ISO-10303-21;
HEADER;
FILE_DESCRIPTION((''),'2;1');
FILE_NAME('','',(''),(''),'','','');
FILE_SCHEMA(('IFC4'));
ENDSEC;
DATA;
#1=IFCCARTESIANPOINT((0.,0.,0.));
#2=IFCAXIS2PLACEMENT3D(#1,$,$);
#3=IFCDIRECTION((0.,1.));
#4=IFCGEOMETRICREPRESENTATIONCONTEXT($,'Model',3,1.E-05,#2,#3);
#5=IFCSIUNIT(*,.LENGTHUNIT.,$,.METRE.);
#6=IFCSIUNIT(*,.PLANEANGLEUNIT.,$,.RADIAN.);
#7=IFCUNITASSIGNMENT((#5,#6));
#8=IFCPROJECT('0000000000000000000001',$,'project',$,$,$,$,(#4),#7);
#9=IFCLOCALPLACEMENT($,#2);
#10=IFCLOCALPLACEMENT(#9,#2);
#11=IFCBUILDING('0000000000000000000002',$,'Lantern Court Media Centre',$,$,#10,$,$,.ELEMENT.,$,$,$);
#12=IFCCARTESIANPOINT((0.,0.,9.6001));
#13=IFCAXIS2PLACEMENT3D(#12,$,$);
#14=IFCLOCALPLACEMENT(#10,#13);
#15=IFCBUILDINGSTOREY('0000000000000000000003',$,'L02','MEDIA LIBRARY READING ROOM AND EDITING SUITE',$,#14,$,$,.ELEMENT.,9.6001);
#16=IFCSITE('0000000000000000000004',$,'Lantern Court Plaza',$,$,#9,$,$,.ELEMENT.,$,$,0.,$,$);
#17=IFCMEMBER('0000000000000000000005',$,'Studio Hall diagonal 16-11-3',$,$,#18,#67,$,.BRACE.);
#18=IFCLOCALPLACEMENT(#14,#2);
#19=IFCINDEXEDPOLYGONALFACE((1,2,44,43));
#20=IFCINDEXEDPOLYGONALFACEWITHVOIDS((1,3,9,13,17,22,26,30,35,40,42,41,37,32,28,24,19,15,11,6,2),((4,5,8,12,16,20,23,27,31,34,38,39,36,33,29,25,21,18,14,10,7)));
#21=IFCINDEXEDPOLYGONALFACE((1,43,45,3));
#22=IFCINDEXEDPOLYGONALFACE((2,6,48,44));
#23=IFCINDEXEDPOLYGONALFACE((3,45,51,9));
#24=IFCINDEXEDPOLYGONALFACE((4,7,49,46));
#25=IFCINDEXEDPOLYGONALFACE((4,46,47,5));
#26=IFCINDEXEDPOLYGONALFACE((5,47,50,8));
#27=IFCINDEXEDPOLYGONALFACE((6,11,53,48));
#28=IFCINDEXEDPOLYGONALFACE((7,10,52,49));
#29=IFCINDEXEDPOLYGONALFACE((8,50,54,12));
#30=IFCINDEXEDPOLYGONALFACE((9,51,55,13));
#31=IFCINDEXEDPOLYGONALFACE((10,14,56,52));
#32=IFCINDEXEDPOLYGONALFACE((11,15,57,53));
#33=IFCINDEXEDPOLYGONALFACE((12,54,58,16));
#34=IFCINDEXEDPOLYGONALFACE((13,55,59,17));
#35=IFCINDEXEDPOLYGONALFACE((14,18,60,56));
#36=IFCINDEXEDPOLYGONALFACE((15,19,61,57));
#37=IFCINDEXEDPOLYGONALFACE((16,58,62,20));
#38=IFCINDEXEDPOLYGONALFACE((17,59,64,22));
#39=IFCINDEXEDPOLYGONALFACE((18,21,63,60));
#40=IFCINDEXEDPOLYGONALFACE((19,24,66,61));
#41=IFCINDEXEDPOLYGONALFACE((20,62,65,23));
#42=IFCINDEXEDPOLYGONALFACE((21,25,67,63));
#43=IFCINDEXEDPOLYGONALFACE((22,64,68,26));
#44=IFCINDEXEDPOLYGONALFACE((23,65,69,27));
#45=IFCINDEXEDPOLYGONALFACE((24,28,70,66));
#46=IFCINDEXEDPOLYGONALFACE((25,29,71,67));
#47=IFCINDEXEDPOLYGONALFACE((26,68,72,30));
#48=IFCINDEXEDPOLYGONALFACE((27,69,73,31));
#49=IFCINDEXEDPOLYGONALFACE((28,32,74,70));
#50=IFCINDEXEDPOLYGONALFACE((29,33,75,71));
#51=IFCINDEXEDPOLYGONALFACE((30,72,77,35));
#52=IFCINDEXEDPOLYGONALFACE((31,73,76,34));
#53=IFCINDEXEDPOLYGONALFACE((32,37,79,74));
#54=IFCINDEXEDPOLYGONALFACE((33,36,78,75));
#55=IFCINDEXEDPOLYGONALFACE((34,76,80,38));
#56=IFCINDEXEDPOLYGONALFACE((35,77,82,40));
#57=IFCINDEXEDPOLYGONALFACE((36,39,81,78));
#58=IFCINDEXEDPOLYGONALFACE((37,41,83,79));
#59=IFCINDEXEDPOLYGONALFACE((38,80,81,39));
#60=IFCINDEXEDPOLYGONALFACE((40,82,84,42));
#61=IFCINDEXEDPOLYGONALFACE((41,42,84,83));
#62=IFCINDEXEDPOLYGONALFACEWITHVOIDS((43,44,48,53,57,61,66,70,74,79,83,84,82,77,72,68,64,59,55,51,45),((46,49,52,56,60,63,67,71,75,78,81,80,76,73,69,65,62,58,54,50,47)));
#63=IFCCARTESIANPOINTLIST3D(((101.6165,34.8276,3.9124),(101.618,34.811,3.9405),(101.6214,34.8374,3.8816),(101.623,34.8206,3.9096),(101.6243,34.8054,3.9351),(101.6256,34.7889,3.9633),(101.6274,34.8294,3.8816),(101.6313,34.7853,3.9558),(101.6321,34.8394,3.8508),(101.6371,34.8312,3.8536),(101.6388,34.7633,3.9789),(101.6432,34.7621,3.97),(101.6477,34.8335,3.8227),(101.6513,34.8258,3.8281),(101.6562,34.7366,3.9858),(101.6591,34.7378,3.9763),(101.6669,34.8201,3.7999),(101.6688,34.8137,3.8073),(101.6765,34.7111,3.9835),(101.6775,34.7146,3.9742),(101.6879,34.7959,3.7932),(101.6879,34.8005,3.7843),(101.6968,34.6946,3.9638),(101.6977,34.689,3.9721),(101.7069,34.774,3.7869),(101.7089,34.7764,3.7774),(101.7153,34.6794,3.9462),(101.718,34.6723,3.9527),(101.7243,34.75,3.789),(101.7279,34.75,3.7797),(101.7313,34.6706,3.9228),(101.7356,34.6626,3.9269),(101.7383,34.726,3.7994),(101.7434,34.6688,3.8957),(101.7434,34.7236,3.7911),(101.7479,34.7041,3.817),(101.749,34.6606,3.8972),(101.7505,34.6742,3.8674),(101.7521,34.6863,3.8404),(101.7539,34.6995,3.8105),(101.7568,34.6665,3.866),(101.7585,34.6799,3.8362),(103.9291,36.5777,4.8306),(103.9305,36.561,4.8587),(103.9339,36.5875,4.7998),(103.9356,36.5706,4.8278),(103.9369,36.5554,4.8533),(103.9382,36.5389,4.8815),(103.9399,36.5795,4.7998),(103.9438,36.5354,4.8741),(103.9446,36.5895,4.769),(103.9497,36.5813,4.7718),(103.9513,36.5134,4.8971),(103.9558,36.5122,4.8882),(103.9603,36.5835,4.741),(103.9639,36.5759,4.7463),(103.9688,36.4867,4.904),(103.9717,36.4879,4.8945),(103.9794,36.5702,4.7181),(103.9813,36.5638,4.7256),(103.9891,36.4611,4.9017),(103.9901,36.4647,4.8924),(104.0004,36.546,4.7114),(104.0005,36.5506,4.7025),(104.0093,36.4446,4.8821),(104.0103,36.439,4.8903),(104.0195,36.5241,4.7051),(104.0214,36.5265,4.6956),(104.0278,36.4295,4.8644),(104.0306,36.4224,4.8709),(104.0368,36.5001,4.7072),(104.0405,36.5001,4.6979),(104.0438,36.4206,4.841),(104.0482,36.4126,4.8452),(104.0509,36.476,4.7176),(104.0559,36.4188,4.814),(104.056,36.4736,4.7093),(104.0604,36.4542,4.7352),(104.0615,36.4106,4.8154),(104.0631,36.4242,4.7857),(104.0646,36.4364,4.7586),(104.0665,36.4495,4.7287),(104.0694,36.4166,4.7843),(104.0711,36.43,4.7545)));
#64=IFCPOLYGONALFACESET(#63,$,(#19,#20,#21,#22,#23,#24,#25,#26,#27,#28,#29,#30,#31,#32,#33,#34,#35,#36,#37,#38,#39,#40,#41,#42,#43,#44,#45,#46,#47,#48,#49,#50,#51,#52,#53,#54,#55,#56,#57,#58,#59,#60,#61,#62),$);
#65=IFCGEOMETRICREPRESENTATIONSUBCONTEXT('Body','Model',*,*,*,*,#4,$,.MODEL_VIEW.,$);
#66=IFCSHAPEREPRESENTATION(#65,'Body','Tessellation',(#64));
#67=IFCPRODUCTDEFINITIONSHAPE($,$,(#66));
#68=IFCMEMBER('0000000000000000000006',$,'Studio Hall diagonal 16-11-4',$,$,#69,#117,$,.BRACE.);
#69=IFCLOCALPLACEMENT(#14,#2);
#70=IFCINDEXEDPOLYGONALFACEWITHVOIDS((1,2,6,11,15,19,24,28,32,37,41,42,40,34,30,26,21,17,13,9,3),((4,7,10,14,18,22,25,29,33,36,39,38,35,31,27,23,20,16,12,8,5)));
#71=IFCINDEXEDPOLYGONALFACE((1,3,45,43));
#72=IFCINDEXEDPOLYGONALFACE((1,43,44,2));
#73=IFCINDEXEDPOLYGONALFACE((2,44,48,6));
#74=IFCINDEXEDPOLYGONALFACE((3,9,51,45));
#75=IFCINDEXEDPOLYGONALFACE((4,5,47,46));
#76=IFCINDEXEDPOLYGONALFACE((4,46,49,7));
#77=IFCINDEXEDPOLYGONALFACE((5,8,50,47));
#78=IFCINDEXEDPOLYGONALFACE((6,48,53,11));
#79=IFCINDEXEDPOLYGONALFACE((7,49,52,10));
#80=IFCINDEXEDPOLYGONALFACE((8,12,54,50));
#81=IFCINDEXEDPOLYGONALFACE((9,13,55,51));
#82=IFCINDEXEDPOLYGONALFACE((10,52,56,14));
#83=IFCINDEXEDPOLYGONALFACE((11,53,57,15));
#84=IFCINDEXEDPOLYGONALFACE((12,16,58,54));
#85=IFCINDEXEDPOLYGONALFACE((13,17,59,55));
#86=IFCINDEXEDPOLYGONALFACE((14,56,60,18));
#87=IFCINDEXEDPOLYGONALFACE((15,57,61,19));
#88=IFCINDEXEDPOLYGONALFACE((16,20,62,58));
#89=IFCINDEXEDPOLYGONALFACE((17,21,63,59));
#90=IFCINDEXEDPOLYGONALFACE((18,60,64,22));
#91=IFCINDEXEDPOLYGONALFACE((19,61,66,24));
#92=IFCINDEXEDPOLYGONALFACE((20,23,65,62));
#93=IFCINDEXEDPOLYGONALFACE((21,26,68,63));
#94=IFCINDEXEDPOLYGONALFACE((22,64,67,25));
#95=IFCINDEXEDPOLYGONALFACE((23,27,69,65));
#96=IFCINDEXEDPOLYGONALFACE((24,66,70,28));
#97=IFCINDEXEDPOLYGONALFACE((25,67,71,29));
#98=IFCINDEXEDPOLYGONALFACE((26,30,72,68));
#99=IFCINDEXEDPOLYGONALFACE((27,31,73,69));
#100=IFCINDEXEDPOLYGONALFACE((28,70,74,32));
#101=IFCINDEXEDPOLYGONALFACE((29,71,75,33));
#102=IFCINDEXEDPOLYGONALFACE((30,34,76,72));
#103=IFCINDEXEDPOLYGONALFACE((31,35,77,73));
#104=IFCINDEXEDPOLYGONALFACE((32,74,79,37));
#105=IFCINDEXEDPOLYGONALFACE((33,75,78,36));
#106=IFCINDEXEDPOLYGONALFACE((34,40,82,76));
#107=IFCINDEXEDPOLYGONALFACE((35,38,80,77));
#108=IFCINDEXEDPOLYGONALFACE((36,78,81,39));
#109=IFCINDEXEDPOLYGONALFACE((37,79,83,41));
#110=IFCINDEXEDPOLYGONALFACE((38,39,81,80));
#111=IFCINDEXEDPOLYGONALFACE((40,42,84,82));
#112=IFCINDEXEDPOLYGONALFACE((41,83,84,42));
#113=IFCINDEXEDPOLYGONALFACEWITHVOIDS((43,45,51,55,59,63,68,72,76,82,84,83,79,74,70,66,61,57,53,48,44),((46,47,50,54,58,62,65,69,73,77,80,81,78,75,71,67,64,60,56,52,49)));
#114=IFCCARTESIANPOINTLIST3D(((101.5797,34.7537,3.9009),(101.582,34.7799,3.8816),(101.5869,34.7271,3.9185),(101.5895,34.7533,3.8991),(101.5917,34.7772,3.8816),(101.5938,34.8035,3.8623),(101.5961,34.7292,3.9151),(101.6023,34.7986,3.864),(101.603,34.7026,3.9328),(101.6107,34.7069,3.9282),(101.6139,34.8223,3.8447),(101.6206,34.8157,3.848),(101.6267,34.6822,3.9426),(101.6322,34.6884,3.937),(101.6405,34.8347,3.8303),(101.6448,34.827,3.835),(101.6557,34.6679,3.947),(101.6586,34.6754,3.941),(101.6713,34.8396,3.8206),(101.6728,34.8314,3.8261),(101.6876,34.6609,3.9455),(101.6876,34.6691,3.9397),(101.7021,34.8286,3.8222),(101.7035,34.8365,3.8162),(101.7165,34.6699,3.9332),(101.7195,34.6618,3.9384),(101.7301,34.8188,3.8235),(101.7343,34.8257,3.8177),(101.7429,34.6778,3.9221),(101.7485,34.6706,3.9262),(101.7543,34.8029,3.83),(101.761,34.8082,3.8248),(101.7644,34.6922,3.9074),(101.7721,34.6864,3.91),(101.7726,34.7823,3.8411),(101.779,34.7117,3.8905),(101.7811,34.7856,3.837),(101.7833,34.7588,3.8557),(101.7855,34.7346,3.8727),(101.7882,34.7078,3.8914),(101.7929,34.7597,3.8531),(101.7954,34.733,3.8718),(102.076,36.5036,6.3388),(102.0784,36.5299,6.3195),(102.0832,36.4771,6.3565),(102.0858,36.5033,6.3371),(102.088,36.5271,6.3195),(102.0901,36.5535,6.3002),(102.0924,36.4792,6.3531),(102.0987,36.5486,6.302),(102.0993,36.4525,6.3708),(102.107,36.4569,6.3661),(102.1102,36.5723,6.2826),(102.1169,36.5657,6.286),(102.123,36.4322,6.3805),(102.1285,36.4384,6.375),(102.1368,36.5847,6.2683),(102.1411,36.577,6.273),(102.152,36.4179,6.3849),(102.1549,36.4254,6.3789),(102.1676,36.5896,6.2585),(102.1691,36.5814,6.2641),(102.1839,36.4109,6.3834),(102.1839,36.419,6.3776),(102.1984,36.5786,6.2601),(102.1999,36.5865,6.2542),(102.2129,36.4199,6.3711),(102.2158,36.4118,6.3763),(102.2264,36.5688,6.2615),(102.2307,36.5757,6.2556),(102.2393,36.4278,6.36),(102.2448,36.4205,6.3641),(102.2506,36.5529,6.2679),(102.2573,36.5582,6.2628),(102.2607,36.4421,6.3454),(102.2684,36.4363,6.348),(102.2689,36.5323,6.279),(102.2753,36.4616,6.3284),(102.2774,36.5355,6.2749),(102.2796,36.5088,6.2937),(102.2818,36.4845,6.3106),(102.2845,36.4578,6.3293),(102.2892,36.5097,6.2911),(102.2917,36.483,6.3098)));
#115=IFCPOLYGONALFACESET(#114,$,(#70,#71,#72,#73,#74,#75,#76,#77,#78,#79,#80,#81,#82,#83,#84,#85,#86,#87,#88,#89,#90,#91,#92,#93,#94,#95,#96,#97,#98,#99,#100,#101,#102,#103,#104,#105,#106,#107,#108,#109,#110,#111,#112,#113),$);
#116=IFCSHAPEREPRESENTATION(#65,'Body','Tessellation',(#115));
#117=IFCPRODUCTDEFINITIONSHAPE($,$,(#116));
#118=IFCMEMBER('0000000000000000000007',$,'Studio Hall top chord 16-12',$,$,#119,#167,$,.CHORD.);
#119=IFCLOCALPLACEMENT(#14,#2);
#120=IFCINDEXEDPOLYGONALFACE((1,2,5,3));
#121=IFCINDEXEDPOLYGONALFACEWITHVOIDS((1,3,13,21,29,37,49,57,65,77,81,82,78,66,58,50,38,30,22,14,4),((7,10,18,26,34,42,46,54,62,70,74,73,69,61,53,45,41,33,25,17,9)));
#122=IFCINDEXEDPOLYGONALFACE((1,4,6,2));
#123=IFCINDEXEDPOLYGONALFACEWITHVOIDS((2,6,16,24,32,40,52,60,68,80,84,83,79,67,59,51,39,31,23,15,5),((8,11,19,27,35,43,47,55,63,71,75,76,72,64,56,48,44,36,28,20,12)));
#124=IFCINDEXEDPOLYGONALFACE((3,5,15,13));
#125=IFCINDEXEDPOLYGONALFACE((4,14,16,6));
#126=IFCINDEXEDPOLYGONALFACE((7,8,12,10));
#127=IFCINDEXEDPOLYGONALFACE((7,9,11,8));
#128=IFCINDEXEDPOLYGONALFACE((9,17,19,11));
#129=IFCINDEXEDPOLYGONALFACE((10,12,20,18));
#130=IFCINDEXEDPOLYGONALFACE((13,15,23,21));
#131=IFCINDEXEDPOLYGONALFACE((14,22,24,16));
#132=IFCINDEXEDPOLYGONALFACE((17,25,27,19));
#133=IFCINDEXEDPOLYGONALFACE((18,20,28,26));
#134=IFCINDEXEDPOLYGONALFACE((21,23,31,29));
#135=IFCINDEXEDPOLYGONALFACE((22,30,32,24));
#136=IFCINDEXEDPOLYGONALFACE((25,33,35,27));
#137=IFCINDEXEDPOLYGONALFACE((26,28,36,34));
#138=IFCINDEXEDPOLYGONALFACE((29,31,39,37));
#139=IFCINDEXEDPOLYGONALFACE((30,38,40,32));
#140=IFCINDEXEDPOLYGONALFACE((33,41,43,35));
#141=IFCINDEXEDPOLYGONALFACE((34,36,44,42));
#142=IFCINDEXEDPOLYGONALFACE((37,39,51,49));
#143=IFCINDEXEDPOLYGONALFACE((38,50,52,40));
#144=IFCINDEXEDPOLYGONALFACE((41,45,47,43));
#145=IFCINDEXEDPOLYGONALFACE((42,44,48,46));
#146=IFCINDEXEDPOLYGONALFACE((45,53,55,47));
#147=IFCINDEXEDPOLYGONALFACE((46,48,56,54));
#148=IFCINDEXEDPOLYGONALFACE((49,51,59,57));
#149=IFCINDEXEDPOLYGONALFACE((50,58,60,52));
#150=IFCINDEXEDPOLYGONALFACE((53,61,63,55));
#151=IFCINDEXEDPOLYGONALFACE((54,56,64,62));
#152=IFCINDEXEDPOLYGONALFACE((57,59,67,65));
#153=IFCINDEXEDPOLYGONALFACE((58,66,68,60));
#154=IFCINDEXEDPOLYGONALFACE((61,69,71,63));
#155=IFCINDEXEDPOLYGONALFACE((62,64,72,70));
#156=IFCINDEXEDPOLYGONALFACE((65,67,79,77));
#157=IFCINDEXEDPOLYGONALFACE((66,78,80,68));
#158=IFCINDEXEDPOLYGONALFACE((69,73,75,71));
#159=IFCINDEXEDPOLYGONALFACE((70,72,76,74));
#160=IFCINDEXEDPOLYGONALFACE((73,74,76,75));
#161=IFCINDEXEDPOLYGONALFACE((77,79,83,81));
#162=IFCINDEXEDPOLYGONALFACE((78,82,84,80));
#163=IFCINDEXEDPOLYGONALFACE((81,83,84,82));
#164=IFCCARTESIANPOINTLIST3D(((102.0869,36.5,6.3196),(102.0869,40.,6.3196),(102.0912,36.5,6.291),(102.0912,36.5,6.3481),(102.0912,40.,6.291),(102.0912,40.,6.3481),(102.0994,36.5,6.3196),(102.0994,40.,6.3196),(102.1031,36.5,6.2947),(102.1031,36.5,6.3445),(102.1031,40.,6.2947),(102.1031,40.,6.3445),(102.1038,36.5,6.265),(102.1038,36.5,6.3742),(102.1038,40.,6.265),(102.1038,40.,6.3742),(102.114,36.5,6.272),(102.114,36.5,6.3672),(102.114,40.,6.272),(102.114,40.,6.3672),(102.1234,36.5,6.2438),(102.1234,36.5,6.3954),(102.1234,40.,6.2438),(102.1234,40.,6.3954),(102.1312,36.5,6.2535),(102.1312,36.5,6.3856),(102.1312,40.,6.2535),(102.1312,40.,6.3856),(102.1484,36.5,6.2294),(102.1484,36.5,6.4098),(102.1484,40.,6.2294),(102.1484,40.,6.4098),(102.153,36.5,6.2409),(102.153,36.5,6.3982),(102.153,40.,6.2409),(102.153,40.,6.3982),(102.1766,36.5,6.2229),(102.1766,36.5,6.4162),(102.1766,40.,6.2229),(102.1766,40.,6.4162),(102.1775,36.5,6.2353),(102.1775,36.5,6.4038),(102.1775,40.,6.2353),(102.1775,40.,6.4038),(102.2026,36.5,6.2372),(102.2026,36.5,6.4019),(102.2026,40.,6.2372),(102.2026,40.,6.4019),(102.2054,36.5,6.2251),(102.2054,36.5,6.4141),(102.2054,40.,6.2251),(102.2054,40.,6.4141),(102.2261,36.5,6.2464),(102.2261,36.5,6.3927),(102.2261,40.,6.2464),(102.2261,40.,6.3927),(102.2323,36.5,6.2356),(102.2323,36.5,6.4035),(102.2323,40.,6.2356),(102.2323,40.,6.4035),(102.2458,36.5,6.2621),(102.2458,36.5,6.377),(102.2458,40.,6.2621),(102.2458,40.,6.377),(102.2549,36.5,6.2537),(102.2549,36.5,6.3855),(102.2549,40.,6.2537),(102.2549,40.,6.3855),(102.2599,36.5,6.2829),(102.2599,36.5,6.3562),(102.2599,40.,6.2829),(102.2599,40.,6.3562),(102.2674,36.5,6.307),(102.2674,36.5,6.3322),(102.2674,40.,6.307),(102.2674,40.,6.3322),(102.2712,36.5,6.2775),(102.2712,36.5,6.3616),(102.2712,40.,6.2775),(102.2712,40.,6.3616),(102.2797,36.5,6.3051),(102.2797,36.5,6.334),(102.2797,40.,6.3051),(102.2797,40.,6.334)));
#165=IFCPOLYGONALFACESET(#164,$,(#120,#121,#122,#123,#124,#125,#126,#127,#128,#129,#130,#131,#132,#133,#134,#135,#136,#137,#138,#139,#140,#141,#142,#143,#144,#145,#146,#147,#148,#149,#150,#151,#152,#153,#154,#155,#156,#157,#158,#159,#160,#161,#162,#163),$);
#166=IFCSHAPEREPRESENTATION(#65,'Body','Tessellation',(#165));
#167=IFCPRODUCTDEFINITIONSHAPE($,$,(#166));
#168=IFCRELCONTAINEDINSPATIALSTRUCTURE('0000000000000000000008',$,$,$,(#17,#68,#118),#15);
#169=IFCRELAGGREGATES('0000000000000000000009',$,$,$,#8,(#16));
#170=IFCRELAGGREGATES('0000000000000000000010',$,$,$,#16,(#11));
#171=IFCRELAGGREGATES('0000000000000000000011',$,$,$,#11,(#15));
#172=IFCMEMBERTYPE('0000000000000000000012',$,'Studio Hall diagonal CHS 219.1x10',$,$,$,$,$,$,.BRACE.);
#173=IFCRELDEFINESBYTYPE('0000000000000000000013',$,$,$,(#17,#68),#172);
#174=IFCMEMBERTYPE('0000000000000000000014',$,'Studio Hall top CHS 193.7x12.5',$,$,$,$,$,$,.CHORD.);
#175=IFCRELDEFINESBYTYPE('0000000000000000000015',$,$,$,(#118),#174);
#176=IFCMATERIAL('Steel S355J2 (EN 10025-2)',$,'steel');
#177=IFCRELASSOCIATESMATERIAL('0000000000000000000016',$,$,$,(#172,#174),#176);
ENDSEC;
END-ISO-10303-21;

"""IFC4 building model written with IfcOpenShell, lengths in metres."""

from ifc_helpers import new_model, si_unit, direction, frame, origin, origin_2d, place, context, subcontext, project, spatial, hollow_circle, extrude, material, material_profile, profile_set, type_object, element, save


model = new_model("IFC4")

# Units and contexts
model_context = context("Model", 3, precision=1e-05, world=origin(), true_north=direction((0.0, 1.0)))
body_context = subcontext(model_context, "Body", "Model", "MODEL_VIEW")
ifc_project = project(units=[si_unit("LENGTHUNIT", "METRE"), si_unit("PLANEANGLEUNIT", "RADIAN")], contexts=[model_context])

# Site, building, storey
site_placement = place(None, origin())
site = spatial("IfcSite", under=ifc_project, at=site_placement, Name="Lantern Court Plaza", CompositionType="ELEMENT", RefElevation=0.0)
building_placement = place(site_placement, origin())
building = spatial("IfcBuilding", under=site, at=building_placement, Name="Lantern Court Media Centre", CompositionType="ELEMENT")
storey_placement = place(building_placement, frame((0.0, 0.0, 9.6001)))
storey = spatial("IfcBuildingStorey", under=building, at=storey_placement, Name="L02", Description="MEDIA LIBRARY READING ROOM AND EDITING SUITE", CompositionType="ELEMENT", Elevation=9.6001)

# Members
ifc_material_1 = material(Name="Steel S355J2 (EN 10025-2)", Category="steel")
ifc_material_profile_1 = material_profile(ifc_material_1, hollow_circle(Radius=0.1096, WallThickness=0.01, at=origin_2d()), Name="Studio Hall diagonal CHS 219.1x10")
ifc_profile_set_1 = profile_set([ifc_material_profile_1], Name="Steel S355J2 (EN 10025-2)")
member_type_1 = type_object("IfcMemberType", Name="Studio Hall diagonal CHS 219.1x10", PredefinedType="BRACE", material=ifc_profile_set_1)
for number, where, z_axis, x_axis, name in (
    (1, (101.6875, 34.75, 3.8816), (0.760211, 0.575295, 0.301853), (-0.603443, 0.797406, 0.0), "Studio Hall diagonal 16-11-3"),
):
    element("IfcMember", number, at=place(storey_placement, frame(where, z_axis=z_axis, x_axis=x_axis)), inside=storey, type_object=member_type_1, Name=name, PredefinedType="BRACE", context=body_context, shape_type="SweptSolid", body=[
        extrude(hollow_circle(Radius=0.1096, WallThickness=0.01, at=origin_2d()), origin(), (0.0, 0.0, 1.0), 3.042),
    ])
member_1_placement = place(storey_placement, frame((101.6875, 34.75, 3.8816), z_axis=(0.163172, 0.575314, 0.801491), x_axis=(-0.962054, 0.272859, 0.0)))
element("IfcMember", 2, at=member_1_placement, inside=storey, type_object=member_type_1, Name="Studio Hall diagonal 16-11-4", PredefinedType="BRACE", context=body_context, shape_type="SweptSolid", body=[
    extrude(hollow_circle(Radius=0.1096, WallThickness=0.01, at=origin_2d()), origin(), (0.0, 0.0, 1.0), 3.0417),
])
ifc_material_profile_2 = material_profile(ifc_material_1, hollow_circle(Radius=0.0969, WallThickness=0.0125, at=origin_2d()), Name="Studio Hall top CHS 193.7x12.5")
ifc_profile_set_2 = profile_set([ifc_material_profile_2], Name="Steel S355J2 (EN 10025-2)")
member_type_2 = type_object("IfcMemberType", Name="Studio Hall top CHS 193.7x12.5", PredefinedType="CHORD", material=ifc_profile_set_2)
member_2_placement = place(storey_placement, frame((102.1838, 36.5, 6.3196), z_axis=(0.0, 1.0, 0.0), x_axis=(-1.0, 0.0, 0.0)))
element("IfcMember", 3, at=member_2_placement, inside=storey, type_object=member_type_2, Name="Studio Hall top chord 16-12", PredefinedType="CHORD", context=body_context, shape_type="SweptSolid", body=[
    extrude(hollow_circle(Radius=0.0969, WallThickness=0.0125, at=origin_2d()), origin(), (0.0, 0.0, 1.0), 3.5),
])

save(model, "model.ifc")
